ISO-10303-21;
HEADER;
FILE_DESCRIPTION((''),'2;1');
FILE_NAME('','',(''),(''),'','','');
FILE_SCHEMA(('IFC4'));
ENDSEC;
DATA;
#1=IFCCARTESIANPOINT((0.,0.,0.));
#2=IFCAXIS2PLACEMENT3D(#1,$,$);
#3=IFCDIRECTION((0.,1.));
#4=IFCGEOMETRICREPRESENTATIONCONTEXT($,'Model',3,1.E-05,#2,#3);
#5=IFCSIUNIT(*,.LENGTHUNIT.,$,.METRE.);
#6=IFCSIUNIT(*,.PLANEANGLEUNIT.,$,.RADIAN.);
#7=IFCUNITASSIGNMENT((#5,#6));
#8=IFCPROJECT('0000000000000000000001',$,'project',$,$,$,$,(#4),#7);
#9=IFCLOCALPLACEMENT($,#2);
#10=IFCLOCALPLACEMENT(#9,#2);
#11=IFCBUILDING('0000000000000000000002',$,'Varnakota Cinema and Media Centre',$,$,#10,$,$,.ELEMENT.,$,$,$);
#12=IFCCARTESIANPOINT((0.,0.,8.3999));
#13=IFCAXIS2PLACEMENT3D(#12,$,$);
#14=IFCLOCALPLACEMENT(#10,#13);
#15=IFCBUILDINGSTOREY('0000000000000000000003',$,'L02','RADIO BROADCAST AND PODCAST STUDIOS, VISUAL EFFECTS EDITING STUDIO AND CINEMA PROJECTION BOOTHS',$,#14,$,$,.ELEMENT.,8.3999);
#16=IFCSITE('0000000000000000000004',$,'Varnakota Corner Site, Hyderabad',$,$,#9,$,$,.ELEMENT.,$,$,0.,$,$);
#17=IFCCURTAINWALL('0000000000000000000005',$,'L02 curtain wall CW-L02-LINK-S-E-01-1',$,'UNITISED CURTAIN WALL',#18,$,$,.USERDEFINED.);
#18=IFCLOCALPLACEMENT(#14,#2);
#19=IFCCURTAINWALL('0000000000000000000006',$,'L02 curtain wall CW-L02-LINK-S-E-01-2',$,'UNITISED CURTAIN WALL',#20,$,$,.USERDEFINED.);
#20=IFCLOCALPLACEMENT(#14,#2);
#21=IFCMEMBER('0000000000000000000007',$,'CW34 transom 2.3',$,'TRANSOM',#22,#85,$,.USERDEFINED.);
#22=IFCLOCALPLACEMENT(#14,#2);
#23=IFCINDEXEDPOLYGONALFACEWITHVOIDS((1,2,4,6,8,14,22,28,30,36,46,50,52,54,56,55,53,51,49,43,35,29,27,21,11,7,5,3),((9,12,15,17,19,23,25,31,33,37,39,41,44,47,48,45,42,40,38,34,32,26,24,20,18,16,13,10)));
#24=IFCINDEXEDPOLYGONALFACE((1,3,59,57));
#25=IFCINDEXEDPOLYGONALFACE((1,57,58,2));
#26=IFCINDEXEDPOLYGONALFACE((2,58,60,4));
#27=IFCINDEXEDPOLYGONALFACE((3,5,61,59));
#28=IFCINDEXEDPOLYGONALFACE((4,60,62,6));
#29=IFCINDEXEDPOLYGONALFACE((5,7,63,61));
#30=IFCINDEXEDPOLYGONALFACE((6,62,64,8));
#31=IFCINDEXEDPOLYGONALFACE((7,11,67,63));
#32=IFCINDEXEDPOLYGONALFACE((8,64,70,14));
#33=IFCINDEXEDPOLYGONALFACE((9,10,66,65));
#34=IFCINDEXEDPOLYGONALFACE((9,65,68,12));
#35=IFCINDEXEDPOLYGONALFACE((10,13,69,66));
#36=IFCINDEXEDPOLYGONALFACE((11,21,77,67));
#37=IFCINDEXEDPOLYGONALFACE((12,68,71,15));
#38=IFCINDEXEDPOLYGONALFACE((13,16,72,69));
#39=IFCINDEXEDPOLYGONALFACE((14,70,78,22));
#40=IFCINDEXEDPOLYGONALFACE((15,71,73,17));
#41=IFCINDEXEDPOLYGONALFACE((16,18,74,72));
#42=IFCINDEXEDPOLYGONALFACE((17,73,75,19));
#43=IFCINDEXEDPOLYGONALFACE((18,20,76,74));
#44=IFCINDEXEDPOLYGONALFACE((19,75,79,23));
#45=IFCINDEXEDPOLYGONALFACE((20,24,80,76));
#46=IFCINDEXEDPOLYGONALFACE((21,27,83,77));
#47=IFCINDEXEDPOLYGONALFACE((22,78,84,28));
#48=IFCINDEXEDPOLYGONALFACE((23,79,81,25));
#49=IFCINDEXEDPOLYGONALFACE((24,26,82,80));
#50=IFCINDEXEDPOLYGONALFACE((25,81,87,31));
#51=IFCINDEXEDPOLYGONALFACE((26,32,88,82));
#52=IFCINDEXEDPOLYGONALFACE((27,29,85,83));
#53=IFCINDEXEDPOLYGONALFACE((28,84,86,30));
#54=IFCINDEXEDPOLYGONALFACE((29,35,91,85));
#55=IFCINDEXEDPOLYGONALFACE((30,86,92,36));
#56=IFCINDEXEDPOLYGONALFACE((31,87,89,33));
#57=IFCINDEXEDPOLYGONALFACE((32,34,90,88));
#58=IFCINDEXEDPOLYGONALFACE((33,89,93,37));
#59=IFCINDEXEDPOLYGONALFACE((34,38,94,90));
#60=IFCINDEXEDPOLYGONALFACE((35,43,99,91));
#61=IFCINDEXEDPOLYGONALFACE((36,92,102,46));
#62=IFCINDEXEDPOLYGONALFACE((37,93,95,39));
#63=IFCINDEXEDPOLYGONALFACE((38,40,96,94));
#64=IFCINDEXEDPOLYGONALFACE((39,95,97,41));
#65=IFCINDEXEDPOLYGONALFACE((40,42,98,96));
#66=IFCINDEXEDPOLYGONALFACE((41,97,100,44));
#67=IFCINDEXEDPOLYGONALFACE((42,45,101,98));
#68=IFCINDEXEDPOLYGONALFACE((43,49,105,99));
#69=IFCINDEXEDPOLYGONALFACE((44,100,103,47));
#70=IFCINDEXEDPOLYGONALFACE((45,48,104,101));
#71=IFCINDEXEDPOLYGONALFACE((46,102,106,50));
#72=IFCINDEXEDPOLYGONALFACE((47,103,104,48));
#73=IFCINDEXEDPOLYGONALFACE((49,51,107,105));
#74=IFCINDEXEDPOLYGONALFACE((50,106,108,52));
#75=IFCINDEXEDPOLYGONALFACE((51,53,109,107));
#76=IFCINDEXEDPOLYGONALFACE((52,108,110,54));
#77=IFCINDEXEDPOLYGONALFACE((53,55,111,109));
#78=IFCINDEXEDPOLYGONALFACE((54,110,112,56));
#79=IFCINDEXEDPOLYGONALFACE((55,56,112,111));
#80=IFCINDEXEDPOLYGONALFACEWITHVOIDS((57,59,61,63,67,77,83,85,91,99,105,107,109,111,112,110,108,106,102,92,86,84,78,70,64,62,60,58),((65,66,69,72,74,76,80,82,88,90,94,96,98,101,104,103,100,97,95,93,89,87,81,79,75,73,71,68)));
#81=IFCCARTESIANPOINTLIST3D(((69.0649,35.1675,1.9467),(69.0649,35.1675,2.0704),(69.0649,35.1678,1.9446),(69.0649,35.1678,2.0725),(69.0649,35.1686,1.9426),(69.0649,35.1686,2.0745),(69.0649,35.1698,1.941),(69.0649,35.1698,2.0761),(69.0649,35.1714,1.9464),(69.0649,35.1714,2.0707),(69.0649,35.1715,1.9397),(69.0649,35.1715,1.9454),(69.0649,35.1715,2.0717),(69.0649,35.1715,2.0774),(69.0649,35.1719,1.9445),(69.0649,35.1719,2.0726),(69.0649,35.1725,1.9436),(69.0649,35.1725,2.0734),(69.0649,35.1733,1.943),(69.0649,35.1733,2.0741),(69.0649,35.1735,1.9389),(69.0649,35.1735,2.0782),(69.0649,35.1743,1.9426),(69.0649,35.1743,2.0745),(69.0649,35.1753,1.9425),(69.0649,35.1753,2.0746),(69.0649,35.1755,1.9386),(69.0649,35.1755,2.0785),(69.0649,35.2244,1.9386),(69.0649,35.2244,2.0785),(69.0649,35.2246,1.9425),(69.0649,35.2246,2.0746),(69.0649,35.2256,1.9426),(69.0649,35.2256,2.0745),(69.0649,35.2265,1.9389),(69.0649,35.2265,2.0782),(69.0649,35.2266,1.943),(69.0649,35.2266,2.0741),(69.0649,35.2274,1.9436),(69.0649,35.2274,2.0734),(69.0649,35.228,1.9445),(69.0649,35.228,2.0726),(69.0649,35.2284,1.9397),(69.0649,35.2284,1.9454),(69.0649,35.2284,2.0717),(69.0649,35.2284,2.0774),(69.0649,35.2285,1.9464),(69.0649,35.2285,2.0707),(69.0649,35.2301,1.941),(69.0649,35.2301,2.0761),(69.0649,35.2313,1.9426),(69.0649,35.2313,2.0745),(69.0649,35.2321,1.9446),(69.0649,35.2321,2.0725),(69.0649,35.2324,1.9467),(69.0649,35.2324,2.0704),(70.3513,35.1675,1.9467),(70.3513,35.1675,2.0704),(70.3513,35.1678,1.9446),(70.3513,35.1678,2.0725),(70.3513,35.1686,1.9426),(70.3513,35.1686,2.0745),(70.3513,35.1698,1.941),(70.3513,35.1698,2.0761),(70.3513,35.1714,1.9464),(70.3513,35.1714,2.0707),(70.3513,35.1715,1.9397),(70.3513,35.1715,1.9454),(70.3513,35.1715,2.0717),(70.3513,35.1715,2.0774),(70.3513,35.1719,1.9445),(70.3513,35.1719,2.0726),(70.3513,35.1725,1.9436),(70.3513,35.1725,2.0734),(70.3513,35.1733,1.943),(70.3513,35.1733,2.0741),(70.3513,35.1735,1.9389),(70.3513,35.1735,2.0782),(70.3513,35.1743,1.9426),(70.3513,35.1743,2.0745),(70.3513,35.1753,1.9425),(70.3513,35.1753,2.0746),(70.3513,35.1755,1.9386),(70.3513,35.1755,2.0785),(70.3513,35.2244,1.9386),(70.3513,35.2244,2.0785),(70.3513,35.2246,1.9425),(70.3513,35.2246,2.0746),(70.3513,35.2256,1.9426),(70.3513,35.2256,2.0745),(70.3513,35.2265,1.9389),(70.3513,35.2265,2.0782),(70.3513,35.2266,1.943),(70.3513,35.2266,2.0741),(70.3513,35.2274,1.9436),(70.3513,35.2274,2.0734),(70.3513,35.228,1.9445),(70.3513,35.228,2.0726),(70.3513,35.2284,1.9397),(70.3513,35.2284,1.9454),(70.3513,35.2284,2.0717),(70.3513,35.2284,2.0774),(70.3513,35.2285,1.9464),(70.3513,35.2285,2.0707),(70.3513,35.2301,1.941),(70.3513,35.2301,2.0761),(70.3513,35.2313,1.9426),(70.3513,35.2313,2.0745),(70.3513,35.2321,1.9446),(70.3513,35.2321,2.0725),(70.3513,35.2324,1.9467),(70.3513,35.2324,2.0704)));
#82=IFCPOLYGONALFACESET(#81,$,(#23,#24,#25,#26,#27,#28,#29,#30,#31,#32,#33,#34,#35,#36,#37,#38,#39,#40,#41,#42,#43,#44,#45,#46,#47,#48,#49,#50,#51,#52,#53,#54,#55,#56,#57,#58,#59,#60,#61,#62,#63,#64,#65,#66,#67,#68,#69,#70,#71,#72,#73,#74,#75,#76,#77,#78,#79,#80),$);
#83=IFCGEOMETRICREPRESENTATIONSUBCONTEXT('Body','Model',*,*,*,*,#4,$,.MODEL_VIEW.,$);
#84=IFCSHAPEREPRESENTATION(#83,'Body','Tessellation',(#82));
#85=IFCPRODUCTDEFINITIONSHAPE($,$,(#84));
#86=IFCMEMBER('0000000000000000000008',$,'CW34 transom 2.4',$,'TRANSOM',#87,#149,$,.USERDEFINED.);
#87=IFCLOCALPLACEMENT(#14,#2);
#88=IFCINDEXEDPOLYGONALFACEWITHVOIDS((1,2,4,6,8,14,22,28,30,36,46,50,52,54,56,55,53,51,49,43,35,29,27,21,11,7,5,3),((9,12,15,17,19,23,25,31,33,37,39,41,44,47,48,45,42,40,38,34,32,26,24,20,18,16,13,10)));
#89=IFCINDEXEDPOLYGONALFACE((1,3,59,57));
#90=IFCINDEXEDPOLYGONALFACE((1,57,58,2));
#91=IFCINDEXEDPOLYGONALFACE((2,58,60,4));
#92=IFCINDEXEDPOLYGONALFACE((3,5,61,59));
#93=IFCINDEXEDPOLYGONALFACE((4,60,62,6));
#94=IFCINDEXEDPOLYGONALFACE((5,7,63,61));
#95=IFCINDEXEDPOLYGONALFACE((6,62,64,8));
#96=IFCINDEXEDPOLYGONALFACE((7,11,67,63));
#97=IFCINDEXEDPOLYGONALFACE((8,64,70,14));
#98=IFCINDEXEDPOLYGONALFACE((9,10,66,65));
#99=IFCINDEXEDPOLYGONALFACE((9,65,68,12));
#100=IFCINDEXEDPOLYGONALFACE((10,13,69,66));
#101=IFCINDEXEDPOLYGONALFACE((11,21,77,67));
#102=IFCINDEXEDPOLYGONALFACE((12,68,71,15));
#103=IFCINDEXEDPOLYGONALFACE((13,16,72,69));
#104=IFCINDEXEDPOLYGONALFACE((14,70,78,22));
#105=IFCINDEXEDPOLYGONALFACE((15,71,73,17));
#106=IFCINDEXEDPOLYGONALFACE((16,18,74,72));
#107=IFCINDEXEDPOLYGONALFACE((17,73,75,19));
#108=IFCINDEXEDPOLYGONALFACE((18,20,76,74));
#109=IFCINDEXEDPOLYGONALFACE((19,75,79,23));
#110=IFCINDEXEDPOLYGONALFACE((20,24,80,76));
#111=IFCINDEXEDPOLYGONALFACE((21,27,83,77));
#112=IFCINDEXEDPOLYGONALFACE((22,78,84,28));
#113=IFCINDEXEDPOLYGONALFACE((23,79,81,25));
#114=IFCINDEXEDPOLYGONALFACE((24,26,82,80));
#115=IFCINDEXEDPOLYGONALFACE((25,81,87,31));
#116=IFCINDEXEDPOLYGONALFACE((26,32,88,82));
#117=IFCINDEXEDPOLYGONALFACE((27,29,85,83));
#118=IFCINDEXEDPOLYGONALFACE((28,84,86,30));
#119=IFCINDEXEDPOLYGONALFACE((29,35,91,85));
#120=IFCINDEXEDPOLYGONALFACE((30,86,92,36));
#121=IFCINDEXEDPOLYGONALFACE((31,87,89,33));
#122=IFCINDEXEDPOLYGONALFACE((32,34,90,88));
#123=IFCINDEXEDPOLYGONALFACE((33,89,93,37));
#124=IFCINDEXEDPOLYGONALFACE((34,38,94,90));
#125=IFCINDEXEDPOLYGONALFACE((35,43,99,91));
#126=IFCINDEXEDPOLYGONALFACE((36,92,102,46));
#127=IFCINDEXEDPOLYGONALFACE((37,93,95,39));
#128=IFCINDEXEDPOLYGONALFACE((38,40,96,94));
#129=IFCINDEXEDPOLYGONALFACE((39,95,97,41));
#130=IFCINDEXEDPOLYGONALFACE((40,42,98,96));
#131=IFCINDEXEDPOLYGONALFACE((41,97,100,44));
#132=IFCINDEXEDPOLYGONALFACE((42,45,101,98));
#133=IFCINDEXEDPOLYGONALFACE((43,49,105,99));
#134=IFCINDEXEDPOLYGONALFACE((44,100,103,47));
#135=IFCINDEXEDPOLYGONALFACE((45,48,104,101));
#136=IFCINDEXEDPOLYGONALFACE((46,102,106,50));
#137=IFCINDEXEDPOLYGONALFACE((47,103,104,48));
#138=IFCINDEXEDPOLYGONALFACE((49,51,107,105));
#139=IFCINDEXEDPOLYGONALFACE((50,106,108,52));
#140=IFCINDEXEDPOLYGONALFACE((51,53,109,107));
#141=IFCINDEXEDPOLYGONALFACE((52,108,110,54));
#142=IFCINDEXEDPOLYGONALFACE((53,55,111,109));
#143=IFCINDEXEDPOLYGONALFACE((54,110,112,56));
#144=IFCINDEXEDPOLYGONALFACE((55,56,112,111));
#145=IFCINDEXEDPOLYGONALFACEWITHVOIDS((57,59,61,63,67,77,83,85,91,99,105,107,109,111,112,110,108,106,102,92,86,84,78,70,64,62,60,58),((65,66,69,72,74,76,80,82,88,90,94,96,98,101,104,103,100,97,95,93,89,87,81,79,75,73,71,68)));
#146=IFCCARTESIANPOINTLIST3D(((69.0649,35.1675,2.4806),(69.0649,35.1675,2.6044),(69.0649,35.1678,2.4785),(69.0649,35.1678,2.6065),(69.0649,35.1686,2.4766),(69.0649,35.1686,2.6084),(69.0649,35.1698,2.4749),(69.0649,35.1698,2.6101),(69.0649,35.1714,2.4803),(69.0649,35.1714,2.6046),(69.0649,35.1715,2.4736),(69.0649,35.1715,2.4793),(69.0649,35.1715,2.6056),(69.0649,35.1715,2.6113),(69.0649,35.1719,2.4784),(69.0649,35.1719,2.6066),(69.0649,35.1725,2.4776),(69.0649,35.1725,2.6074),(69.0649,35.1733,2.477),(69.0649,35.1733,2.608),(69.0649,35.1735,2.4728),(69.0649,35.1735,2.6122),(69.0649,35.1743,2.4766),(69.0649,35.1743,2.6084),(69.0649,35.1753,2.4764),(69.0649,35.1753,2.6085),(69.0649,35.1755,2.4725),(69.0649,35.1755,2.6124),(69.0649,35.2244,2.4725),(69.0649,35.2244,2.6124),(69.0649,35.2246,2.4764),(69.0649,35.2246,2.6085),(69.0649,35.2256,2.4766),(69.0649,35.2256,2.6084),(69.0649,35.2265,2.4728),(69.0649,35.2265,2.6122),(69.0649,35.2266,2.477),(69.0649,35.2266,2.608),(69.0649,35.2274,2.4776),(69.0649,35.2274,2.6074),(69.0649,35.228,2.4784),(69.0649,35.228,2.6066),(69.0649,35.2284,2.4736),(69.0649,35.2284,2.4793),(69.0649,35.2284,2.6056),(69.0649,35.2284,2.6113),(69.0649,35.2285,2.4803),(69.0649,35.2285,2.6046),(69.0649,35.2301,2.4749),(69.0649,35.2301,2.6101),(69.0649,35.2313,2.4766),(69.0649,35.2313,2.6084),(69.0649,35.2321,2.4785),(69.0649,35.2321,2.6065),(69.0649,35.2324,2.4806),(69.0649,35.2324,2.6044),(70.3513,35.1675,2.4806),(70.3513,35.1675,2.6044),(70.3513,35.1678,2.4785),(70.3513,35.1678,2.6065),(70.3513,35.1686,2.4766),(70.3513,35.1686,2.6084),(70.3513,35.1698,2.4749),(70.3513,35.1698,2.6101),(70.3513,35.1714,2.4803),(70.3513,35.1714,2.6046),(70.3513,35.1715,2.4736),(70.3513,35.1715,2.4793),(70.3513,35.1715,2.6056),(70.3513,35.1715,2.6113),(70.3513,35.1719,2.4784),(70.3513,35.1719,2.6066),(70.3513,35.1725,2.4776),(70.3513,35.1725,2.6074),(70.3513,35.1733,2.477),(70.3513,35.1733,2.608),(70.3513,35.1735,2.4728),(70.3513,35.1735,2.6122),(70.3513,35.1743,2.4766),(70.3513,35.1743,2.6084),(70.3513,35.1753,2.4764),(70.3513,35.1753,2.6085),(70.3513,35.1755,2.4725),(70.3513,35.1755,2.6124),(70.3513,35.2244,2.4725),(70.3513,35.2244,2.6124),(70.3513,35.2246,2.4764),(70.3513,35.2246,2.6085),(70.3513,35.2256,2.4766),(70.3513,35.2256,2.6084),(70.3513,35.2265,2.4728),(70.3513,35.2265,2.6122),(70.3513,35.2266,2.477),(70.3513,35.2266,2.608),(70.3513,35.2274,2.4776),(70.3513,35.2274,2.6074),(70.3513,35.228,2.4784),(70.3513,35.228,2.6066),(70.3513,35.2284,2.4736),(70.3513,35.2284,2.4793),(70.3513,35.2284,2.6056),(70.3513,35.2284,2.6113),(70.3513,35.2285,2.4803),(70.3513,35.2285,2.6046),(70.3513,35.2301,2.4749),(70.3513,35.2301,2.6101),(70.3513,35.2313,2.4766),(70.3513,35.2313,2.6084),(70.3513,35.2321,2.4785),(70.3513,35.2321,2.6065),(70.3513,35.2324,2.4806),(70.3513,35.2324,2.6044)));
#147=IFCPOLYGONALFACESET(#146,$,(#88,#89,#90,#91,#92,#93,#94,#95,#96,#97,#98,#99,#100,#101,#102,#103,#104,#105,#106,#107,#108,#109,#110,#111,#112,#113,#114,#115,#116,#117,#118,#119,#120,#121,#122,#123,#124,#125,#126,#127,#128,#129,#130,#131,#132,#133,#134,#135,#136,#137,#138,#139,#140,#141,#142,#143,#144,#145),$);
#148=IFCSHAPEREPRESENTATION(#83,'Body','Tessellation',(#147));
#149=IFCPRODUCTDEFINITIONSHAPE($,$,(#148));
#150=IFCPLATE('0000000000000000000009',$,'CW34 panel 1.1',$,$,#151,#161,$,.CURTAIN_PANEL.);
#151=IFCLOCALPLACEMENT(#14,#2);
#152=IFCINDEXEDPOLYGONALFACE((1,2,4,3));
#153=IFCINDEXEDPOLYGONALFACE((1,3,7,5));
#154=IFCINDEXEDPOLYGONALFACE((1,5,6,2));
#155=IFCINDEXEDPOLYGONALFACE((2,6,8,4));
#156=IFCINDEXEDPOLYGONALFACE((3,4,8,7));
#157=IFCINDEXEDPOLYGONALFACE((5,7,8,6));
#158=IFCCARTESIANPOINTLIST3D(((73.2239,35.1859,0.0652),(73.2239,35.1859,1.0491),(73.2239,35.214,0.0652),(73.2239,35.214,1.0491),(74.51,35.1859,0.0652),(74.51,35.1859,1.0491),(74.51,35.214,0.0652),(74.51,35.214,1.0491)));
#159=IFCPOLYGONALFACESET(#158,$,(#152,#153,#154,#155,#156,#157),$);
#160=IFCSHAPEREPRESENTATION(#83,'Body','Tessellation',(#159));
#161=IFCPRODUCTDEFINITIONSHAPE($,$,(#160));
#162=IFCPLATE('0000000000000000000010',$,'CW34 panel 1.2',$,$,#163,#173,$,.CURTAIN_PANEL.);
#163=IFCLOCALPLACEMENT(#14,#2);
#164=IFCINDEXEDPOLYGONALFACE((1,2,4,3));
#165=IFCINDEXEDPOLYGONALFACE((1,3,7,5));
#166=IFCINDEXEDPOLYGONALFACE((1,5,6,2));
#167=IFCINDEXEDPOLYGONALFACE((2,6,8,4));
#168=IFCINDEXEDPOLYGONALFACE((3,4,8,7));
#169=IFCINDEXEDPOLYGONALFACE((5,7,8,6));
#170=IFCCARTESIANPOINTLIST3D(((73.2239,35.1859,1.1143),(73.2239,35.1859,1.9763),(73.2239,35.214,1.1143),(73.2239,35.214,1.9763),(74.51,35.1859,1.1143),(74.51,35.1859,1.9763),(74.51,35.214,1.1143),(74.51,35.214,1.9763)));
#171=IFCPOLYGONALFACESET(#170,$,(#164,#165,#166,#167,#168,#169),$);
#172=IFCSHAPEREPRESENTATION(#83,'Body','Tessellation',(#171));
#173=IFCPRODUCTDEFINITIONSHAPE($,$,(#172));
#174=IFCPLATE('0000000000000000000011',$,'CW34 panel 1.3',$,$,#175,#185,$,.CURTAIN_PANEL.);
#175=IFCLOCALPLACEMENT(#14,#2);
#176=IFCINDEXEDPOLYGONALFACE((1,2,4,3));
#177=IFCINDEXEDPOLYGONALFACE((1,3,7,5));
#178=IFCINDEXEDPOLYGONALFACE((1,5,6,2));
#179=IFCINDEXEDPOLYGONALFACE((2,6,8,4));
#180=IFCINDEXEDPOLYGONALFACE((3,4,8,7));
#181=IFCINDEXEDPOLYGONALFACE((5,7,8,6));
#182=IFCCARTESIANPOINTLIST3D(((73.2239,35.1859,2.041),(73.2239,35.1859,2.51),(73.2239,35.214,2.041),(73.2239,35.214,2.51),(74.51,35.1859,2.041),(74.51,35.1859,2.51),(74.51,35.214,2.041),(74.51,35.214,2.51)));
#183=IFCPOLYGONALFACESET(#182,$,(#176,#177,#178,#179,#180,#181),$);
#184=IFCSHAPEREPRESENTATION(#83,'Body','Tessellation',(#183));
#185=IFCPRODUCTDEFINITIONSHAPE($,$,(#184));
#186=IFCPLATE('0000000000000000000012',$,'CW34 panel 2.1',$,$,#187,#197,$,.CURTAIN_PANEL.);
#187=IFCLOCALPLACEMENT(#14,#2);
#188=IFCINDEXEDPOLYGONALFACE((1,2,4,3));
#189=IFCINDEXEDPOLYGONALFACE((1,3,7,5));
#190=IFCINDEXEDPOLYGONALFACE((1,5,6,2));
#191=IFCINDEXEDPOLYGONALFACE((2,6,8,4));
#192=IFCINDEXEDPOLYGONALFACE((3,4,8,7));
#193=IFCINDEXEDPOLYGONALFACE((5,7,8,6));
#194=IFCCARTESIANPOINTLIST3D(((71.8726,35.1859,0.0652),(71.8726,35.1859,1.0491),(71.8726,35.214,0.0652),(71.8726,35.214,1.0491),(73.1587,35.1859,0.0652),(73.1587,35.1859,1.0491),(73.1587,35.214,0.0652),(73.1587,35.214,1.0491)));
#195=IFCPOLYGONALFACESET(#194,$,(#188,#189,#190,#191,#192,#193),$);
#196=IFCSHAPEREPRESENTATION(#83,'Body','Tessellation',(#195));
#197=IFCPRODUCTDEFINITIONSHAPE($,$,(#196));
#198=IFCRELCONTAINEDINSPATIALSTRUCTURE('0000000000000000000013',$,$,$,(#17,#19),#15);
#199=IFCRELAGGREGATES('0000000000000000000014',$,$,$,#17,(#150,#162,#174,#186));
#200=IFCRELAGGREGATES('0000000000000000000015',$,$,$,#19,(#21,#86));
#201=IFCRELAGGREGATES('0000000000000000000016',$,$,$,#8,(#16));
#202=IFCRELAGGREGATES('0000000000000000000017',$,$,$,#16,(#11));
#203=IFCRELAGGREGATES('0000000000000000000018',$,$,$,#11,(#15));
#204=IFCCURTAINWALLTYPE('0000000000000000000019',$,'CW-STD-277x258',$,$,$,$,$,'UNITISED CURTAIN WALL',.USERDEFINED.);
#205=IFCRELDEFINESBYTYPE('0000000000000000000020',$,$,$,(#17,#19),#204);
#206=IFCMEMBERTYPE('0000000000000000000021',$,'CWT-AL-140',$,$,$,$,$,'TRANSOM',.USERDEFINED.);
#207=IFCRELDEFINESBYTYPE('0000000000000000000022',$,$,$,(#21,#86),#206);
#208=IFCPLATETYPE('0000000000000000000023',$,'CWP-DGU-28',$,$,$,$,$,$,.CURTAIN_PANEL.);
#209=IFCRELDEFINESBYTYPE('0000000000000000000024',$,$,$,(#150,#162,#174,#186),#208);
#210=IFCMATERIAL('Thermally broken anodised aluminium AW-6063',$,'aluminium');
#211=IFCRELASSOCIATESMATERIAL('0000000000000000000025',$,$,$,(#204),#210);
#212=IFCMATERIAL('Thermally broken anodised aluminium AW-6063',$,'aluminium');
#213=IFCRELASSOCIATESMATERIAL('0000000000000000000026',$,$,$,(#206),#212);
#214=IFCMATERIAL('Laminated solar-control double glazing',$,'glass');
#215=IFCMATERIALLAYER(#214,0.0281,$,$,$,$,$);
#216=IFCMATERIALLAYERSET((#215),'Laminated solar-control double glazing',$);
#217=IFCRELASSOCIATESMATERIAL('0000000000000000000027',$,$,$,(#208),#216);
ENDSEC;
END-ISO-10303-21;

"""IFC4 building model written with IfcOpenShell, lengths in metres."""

from ifc_helpers import new_model, si_unit, direction, frame, origin, origin_2d, place, context, subcontext, project, spatial, rectangle, hollow_rectangle, extrude, material, layer, layer_set, material_profile, profile_set, type_object, element, aggregate, save


model = new_model("IFC4")

# Units and contexts
model_context = context("Model", 3, precision=1e-05, world=origin(), true_north=direction((0.0, 1.0)))
body_context = subcontext(model_context, "Body", "Model", "MODEL_VIEW")
ifc_project = project(units=[si_unit("LENGTHUNIT", "METRE"), si_unit("PLANEANGLEUNIT", "RADIAN")], contexts=[model_context])

# Site, building, storey
site_placement = place(None, origin())
site = spatial("IfcSite", under=ifc_project, at=site_placement, Name="Varnakota Corner Site, Hyderabad", CompositionType="ELEMENT", RefElevation=0.0)
building_placement = place(site_placement, origin())
building = spatial("IfcBuilding", under=site, at=building_placement, Name="Varnakota Cinema and Media Centre", CompositionType="ELEMENT")
storey_placement = place(building_placement, frame((0.0, 0.0, 8.3999)))
storey = spatial("IfcBuildingStorey", under=building, at=storey_placement, Name="L02", Description="RADIO BROADCAST AND PODCAST STUDIOS, VISUAL EFFECTS EDITING STUDIO AND CINEMA PROJECTION BOOTHS", CompositionType="ELEMENT", Elevation=8.3999)

# Curtain walls
ifc_material_1 = material(Name="Thermally broken anodised aluminium AW-6063", Category="aluminium")
curtain_wall_type = type_object("IfcCurtainWallType", Name="CW-STD-277x258", ElementType="UNITISED CURTAIN WALL", PredefinedType="USERDEFINED", material=ifc_material_1)
curtain_wall_1_placement = place(storey_placement, origin())
curtain_wall_1 = element("IfcCurtainWall", 1, at=curtain_wall_1_placement, inside=storey, type_object=curtain_wall_type, Name="L02 curtain wall CW-L02-LINK-S-E-01-1", ObjectType="UNITISED CURTAIN WALL", PredefinedType="USERDEFINED")
curtain_wall_2_placement = place(storey_placement, origin())
curtain_wall_2 = element("IfcCurtainWall", 2, at=curtain_wall_2_placement, inside=storey, type_object=curtain_wall_type, Name="L02 curtain wall CW-L02-LINK-S-E-01-2", ObjectType="UNITISED CURTAIN WALL", PredefinedType="USERDEFINED")

# Members
ifc_material_2 = material(Name="Thermally broken anodised aluminium AW-6063", Category="aluminium")
ifc_material_profile_1 = material_profile(ifc_material_2, hollow_rectangle(XDim=0.0649, YDim=0.1399, WallThickness=0.0039, InnerFilletRadius=0.0039, OuterFilletRadius=0.0081, at=origin_2d()), Name="AL-TRANSOM 140x65x4")
ifc_profile_set_1 = profile_set([ifc_material_profile_1], Name="Thermally broken anodised aluminium AW-6063")
member_type_1 = type_object("IfcMemberType", Name="CWT-AL-140", ElementType="TRANSOM", PredefinedType="USERDEFINED", material=ifc_profile_set_1)
member_1_placement = place(storey_placement, frame((70.3513, 35.2, 2.0085), z_axis=(-1.0, 0.0, 0.0), x_axis=(0.0, -1.0, 0.0)))
member_1 = element("IfcMember", 3, at=member_1_placement, type_object=member_type_1, Name="CW34 transom 2.3", ObjectType="TRANSOM", PredefinedType="USERDEFINED", context=body_context, shape_type="SweptSolid", body=[
    extrude(hollow_rectangle(XDim=0.0649, YDim=0.1399, WallThickness=0.0039, InnerFilletRadius=0.0039, OuterFilletRadius=0.0081, at=origin_2d()), origin(), (0.0, 0.0, 1.0), 1.2864),
])
member_2_placement = place(storey_placement, frame((70.3513, 35.2, 2.5425), z_axis=(-1.0, 0.0, 0.0), x_axis=(0.0, -1.0, 0.0)))
member_2 = element("IfcMember", 4, at=member_2_placement, type_object=member_type_1, Name="CW34 transom 2.4", ObjectType="TRANSOM", PredefinedType="USERDEFINED", context=body_context, shape_type="SweptSolid", body=[
    extrude(hollow_rectangle(XDim=0.0649, YDim=0.1399, WallThickness=0.0039, InnerFilletRadius=0.0039, OuterFilletRadius=0.0081, at=origin_2d()), origin(), (0.0, 0.0, 1.0), 1.2864),
])

# Plates
ifc_material_3 = material(Name="Laminated solar-control double glazing", Category="glass")
ifc_layer = layer(ifc_material_3, 0.0281)
ifc_layer_set = layer_set([ifc_layer], Name="Laminated solar-control double glazing")
plate_type = type_object("IfcPlateType", Name="CWP-DGU-28", PredefinedType="CURTAIN_PANEL", material=ifc_layer_set)
plate_1_placement = place(storey_placement, frame((73.8669, 35.2, 0.0652), z_axis=(0.0, 0.0, 1.0), x_axis=(-1.0, 0.0, 0.0)))
plate_1 = element("IfcPlate", 5, at=plate_1_placement, type_object=plate_type, Name="CW34 panel 1.1", PredefinedType="CURTAIN_PANEL", context=body_context, shape_type="SweptSolid", body=[
    extrude(rectangle(XDim=1.2861, YDim=0.0281, at=origin_2d()), origin(), (0.0, 0.0, 1.0), 0.9839),
])
plate_2_placement = place(storey_placement, frame((73.8669, 35.2, 1.1143), z_axis=(0.0, 0.0, 1.0), x_axis=(-1.0, 0.0, 0.0)))
plate_2 = element("IfcPlate", 6, at=plate_2_placement, type_object=plate_type, Name="CW34 panel 1.2", PredefinedType="CURTAIN_PANEL", context=body_context, shape_type="SweptSolid", body=[
    extrude(rectangle(XDim=1.2861, YDim=0.0281, at=origin_2d()), origin(), (0.0, 0.0, 1.0), 0.8621),
])
plate_3_placement = place(storey_placement, frame((73.8669, 35.2, 2.041), z_axis=(0.0, 0.0, 1.0), x_axis=(-1.0, 0.0, 0.0)))
plate_3 = element("IfcPlate", 7, at=plate_3_placement, type_object=plate_type, Name="CW34 panel 1.3", PredefinedType="CURTAIN_PANEL", context=body_context, shape_type="SweptSolid", body=[
    extrude(rectangle(XDim=1.2861, YDim=0.0281, at=origin_2d()), origin(), (0.0, 0.0, 1.0), 0.469),
])
plate_4_placement = place(storey_placement, frame((72.5156, 35.2, 0.0652), z_axis=(0.0, 0.0, 1.0), x_axis=(-1.0, 0.0, 0.0)))
plate_4 = element("IfcPlate", 8, at=plate_4_placement, type_object=plate_type, Name="CW34 panel 2.1", PredefinedType="CURTAIN_PANEL", context=body_context, shape_type="SweptSolid", body=[
    extrude(rectangle(XDim=1.2861, YDim=0.0281, at=origin_2d()), origin(), (0.0, 0.0, 1.0), 0.9839),
])
aggregate(curtain_wall_1, [plate_1, plate_2, plate_3, plate_4])
aggregate(curtain_wall_2, [member_1, member_2])

save(model, "model.ifc")
